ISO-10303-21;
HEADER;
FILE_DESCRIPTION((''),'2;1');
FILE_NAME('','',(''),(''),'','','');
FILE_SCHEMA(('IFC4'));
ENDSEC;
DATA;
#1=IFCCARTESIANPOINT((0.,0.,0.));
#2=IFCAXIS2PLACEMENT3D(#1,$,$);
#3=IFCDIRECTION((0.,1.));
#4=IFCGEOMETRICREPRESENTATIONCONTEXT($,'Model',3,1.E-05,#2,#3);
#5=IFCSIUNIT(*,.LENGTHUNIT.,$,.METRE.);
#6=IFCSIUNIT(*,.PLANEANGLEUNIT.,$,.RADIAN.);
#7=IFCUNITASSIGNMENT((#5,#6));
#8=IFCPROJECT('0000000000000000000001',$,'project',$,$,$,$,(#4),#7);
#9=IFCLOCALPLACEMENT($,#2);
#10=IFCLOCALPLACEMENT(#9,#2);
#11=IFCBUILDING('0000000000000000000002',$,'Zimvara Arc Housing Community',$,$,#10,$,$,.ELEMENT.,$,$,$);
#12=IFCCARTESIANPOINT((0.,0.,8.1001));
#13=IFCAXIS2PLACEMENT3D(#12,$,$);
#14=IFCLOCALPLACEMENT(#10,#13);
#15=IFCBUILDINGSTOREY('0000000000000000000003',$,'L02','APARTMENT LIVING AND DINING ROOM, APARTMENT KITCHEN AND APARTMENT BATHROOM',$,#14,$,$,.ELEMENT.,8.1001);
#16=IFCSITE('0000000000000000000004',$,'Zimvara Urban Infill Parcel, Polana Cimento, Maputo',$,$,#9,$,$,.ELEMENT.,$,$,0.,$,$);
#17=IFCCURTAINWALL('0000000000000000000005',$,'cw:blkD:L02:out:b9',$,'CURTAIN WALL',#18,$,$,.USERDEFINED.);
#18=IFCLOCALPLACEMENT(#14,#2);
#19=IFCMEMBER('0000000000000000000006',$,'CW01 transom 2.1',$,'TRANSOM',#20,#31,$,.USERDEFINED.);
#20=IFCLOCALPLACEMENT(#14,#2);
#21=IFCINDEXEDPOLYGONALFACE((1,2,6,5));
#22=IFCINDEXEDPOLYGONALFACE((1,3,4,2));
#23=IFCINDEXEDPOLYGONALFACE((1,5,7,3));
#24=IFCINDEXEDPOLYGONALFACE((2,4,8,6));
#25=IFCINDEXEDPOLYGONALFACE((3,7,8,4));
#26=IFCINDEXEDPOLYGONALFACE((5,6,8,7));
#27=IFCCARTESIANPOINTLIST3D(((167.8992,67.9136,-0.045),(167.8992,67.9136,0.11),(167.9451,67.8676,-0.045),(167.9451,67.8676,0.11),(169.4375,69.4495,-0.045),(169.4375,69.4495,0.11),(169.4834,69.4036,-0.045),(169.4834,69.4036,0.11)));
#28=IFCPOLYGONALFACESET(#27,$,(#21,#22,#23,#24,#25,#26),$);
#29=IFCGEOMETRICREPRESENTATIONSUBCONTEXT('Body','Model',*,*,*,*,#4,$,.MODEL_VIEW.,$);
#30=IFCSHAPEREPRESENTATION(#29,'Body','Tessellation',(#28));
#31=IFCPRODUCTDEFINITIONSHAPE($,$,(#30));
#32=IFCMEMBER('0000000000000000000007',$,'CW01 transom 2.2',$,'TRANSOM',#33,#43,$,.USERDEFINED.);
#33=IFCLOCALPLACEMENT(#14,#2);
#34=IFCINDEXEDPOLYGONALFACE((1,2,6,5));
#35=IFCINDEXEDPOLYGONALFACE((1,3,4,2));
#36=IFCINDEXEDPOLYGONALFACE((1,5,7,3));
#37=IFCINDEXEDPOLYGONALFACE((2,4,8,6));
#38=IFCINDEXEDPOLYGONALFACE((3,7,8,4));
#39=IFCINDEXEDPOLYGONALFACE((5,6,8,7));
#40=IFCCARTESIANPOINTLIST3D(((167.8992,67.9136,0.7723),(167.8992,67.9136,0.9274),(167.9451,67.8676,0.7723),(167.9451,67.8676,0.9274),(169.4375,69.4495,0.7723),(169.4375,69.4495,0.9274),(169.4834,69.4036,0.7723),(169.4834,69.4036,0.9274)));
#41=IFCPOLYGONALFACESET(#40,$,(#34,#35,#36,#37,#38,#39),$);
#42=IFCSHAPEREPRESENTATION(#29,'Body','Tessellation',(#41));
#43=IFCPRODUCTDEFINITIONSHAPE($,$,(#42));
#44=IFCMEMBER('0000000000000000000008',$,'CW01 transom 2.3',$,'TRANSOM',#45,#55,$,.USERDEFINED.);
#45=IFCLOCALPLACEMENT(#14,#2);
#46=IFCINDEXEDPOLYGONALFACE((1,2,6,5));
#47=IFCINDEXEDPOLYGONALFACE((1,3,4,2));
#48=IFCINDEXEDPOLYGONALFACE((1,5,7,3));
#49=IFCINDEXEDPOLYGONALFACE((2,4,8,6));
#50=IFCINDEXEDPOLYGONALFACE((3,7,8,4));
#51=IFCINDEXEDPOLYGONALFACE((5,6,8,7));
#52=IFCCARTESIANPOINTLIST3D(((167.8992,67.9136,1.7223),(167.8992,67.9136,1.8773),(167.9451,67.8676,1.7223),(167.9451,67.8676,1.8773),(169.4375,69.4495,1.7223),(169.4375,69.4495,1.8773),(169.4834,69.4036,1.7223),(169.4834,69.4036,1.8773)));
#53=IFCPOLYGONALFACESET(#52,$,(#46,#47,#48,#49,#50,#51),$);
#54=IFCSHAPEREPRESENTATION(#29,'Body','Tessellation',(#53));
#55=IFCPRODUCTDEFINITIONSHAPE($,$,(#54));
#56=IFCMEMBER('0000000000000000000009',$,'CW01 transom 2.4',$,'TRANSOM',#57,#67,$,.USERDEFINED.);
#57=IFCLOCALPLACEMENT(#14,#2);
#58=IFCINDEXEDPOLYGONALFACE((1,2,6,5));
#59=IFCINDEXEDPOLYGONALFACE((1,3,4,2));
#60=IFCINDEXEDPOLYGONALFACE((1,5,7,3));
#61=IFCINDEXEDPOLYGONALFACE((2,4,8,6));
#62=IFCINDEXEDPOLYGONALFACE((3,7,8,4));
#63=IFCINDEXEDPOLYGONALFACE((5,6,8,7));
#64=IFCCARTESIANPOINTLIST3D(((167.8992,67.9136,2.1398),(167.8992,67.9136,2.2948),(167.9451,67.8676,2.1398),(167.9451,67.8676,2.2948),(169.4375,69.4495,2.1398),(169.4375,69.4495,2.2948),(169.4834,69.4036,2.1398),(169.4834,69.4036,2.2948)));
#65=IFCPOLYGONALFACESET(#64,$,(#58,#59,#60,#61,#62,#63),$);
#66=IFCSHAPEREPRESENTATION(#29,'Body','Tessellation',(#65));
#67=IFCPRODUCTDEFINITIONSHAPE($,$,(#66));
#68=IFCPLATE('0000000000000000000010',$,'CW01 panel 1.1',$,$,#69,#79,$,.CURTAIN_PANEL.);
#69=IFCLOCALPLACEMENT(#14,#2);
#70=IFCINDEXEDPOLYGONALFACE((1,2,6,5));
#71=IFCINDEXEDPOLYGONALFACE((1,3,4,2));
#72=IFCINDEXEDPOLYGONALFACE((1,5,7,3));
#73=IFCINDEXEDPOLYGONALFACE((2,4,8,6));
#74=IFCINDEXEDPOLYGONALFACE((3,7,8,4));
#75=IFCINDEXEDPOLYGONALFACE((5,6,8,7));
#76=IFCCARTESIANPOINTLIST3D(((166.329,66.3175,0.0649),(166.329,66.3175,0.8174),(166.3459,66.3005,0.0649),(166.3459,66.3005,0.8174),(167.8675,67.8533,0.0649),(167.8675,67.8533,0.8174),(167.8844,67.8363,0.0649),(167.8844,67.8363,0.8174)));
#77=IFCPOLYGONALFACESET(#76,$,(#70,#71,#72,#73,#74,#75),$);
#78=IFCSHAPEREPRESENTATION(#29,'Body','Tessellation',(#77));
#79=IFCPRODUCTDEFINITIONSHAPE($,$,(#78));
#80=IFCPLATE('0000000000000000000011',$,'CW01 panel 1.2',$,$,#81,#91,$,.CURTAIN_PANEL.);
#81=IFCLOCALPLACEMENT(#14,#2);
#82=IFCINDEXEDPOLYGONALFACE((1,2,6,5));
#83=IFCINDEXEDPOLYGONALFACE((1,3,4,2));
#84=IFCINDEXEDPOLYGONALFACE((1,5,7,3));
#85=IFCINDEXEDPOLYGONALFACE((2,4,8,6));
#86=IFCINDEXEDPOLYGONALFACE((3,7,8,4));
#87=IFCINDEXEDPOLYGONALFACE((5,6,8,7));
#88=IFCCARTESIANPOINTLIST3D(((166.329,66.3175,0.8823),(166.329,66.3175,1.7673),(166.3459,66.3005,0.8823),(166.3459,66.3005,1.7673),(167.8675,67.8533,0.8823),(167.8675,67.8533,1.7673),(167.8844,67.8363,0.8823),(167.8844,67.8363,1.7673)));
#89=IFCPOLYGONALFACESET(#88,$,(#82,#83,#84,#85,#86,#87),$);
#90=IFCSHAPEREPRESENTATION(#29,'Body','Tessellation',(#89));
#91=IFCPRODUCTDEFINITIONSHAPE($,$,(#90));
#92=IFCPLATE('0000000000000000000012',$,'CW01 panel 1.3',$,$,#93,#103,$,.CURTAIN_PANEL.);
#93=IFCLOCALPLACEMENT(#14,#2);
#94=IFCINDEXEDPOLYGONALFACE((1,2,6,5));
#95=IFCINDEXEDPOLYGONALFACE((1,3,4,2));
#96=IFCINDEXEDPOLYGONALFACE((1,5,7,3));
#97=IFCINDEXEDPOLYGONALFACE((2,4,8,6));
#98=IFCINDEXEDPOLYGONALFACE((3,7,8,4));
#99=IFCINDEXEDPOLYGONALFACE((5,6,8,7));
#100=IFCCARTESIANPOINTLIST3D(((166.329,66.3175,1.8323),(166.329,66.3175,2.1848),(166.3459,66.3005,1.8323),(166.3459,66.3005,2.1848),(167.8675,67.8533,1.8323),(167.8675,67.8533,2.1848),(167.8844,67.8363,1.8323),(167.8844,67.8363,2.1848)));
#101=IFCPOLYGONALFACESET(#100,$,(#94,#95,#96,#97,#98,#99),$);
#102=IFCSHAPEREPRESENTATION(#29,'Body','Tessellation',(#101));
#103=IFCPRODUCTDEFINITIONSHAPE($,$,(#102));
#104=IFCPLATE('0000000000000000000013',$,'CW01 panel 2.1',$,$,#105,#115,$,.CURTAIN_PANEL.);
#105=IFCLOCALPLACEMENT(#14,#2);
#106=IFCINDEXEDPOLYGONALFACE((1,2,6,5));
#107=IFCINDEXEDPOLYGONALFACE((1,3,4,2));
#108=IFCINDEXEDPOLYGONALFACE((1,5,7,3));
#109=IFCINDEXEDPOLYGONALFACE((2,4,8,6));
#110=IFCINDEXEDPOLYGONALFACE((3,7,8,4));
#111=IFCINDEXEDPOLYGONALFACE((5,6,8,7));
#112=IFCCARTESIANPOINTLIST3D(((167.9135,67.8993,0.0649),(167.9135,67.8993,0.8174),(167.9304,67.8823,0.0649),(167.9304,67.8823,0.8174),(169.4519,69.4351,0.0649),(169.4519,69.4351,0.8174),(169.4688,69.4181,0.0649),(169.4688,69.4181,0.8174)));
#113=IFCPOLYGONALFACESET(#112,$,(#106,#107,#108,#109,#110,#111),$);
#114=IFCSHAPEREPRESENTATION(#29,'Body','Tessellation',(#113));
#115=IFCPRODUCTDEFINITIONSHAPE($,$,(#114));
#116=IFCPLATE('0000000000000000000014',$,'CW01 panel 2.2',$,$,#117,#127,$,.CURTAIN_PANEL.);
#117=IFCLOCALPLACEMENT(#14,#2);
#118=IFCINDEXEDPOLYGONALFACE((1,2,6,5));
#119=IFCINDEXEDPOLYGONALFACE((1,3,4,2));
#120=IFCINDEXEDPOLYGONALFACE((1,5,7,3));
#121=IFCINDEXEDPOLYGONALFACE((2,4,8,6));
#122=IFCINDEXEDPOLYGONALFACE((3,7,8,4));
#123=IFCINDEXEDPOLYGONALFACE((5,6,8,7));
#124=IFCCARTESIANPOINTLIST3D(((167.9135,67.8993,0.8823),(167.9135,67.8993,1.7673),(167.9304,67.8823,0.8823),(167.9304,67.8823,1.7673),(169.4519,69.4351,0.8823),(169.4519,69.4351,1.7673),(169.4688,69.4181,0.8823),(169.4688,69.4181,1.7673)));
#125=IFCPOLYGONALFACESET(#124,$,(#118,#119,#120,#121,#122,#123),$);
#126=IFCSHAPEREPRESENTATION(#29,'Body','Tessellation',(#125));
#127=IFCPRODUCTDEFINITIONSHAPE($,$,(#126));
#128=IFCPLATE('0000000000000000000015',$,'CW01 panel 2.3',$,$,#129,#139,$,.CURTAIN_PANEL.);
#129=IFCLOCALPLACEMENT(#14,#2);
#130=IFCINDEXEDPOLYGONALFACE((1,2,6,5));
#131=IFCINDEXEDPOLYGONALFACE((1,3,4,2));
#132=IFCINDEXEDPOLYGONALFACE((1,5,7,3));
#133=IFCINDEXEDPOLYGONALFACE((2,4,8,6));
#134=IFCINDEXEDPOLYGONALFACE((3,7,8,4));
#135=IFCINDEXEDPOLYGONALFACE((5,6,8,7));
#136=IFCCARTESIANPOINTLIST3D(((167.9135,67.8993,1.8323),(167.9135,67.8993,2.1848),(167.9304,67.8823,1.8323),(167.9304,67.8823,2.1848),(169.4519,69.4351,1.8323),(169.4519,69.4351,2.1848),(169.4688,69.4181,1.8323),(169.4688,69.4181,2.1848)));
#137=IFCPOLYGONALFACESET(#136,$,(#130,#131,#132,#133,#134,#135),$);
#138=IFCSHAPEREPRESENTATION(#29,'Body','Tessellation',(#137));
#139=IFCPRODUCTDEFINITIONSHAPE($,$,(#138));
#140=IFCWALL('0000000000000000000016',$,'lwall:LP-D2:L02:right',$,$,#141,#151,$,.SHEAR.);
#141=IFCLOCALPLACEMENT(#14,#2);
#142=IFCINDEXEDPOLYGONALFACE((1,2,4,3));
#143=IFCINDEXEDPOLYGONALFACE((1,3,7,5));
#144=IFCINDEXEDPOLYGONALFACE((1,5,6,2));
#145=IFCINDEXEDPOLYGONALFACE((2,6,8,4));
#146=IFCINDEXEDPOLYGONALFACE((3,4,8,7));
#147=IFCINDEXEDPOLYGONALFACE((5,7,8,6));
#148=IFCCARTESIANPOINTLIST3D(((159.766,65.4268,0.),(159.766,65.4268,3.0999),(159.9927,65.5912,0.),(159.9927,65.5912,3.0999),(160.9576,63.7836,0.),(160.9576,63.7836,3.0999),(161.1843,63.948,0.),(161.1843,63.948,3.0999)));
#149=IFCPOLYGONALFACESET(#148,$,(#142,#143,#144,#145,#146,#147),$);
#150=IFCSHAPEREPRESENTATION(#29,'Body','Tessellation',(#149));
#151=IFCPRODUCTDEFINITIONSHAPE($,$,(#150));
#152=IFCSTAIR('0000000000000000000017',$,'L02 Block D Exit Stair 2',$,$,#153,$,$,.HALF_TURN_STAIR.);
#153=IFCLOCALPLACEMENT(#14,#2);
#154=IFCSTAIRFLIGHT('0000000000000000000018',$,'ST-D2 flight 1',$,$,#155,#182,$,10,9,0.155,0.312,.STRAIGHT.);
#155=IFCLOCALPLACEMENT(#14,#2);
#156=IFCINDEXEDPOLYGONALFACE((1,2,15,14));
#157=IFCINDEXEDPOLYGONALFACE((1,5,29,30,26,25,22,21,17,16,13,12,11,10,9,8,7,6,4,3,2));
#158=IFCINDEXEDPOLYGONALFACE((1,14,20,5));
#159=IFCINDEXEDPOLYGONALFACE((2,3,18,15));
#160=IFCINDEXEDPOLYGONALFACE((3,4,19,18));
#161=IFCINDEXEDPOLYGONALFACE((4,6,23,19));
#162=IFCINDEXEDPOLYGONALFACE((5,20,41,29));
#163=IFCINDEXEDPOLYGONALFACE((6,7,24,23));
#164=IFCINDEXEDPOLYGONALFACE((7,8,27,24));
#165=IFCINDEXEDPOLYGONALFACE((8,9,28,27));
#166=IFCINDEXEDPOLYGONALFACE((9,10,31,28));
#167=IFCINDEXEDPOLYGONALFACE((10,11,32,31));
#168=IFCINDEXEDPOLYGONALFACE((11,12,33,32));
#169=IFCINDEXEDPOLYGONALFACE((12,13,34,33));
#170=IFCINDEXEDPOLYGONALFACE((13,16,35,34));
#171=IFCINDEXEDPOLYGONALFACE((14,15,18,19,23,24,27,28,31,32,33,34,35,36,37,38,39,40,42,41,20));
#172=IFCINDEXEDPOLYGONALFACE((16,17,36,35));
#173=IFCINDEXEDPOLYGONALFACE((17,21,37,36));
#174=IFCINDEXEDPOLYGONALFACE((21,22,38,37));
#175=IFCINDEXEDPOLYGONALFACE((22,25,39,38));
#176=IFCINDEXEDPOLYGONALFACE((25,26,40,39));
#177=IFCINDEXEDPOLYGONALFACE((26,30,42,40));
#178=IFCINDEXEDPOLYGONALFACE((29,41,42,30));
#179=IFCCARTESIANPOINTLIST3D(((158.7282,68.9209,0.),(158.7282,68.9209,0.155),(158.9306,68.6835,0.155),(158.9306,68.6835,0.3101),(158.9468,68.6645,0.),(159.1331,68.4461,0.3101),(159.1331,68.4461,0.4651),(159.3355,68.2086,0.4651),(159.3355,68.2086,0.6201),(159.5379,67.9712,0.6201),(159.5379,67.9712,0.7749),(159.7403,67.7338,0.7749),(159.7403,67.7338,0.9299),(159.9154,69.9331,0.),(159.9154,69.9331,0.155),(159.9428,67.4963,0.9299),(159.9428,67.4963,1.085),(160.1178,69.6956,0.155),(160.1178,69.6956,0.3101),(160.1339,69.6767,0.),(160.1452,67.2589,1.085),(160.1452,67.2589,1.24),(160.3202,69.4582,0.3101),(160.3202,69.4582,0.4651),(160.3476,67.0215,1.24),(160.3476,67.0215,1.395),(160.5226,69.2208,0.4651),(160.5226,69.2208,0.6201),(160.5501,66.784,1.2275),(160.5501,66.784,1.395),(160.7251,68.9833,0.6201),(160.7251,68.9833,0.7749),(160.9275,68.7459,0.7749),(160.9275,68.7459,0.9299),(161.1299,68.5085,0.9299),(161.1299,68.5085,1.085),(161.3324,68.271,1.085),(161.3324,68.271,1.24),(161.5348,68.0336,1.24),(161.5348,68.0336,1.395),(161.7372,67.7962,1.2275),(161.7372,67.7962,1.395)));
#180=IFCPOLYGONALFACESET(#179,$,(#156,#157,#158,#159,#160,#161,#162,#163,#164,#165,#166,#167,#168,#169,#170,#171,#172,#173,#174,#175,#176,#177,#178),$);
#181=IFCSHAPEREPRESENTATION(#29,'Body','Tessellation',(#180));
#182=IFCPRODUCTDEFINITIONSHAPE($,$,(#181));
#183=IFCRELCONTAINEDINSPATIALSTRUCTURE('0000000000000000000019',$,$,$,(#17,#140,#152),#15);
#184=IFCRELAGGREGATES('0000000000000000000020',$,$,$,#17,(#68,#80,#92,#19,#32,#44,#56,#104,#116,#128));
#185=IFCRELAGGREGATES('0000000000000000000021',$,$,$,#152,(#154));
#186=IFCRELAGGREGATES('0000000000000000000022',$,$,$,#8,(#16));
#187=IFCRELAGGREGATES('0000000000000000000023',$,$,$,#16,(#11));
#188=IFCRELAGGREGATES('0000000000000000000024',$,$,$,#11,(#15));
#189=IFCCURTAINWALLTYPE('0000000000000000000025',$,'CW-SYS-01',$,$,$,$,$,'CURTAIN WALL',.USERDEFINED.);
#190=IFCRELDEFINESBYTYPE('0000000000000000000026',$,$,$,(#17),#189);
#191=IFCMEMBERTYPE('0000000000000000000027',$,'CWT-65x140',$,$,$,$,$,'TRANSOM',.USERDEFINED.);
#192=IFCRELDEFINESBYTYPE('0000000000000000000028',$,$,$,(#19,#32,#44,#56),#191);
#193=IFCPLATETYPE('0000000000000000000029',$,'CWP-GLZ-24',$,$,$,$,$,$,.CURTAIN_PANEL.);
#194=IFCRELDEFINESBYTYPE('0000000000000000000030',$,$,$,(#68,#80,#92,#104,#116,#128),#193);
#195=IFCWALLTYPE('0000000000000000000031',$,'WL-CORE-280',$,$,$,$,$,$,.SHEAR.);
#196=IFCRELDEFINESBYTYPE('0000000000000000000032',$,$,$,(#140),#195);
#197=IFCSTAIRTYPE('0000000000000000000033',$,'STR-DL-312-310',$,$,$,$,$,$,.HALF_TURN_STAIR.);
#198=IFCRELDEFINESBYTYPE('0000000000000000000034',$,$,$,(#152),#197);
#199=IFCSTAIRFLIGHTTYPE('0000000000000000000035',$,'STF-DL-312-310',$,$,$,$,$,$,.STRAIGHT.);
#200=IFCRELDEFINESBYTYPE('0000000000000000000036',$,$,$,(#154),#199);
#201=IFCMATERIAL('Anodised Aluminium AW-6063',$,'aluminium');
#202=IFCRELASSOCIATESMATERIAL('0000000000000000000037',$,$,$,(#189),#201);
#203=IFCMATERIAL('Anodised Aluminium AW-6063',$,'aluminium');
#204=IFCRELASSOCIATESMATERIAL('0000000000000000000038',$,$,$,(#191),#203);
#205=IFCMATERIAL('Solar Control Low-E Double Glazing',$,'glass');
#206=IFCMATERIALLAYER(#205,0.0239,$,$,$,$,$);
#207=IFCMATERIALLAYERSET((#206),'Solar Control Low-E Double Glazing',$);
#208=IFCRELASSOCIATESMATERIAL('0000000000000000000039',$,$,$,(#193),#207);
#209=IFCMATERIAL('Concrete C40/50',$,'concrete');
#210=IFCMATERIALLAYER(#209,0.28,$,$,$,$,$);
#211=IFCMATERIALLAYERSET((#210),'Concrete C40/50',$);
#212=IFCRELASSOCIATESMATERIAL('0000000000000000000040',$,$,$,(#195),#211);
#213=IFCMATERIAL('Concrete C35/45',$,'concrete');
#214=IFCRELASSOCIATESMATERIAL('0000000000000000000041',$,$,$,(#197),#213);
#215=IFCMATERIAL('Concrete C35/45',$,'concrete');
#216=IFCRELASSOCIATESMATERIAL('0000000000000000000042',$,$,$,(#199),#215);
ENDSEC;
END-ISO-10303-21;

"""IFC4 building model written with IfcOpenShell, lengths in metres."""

from ifc_helpers import new_model, si_unit, direction, frame, frame_2d, origin, origin_2d, place, context, subcontext, project, spatial, polyline, rectangle, outline, extrude, material, layer, layer_set, material_profile, profile_set, type_object, element, aggregate, save


model = new_model("IFC4")

# Units and contexts
model_context = context("Model", 3, precision=1e-05, world=origin(), true_north=direction((0.0, 1.0)))
body_context = subcontext(model_context, "Body", "Model", "MODEL_VIEW")
ifc_project = project(units=[si_unit("LENGTHUNIT", "METRE"), si_unit("PLANEANGLEUNIT", "RADIAN")], contexts=[model_context])

# Site, building, storey
site_placement = place(None, origin())
site = spatial("IfcSite", under=ifc_project, at=site_placement, Name="Zimvara Urban Infill Parcel, Polana Cimento, Maputo", CompositionType="ELEMENT", RefElevation=0.0)
building_placement = place(site_placement, origin())
building = spatial("IfcBuilding", under=site, at=building_placement, Name="Zimvara Arc Housing Community", CompositionType="ELEMENT")
storey_placement = place(building_placement, frame((0.0, 0.0, 8.1001)))
storey = spatial("IfcBuildingStorey", under=building, at=storey_placement, Name="L02", Description="APARTMENT LIVING AND DINING ROOM, APARTMENT KITCHEN AND APARTMENT BATHROOM", CompositionType="ELEMENT", Elevation=8.1001)

# Curtain wall, members, plates
ifc_material_1 = material(Name="Anodised Aluminium AW-6063", Category="aluminium")
curtain_wall_type = type_object("IfcCurtainWallType", Name="CW-SYS-01", ElementType="CURTAIN WALL", PredefinedType="USERDEFINED", material=ifc_material_1)
curtain_wall_placement = place(storey_placement, origin())
curtain_wall = element("IfcCurtainWall", 1, at=curtain_wall_placement, inside=storey, type_object=curtain_wall_type, Name="cw:blkD:L02:out:b9", ObjectType="CURTAIN WALL", PredefinedType="USERDEFINED")
ifc_material_2 = material(Name="Anodised Aluminium AW-6063", Category="aluminium")
ifc_material_profile_1 = material_profile(ifc_material_2, rectangle(XDim=0.0649, YDim=0.155, at=origin_2d()), Name="ALU 65x155")
ifc_profile_set_1 = profile_set([ifc_material_profile_1], Name="Anodised Aluminium AW-6063")
member_type_1 = type_object("IfcMemberType", Name="CWT-65x140", ElementType="TRANSOM", PredefinedType="USERDEFINED", material=ifc_profile_set_1)
member_1_placement = place(storey_placement, frame((167.9221, 67.8906, 0.0325), z_axis=(0.707668, 0.706545, 0.0), x_axis=(-0.706545, 0.707668, 0.0)))
member_1 = element("IfcMember", 2, at=member_1_placement, type_object=member_type_1, Name="CW01 transom 2.1", ObjectType="TRANSOM", PredefinedType="USERDEFINED", context=body_context, shape_type="SweptSolid", body=[
    extrude(rectangle(XDim=0.0649, YDim=0.155, at=origin_2d()), origin(), (0.0, 0.0, 1.0), 2.1738),
])
member_2_placement = place(storey_placement, frame((167.9221, 67.8906, 0.8499), z_axis=(0.707668, 0.706545, 0.0), x_axis=(-0.706545, 0.707668, 0.0)))
member_2 = element("IfcMember", 3, at=member_2_placement, type_object=member_type_1, Name="CW01 transom 2.2", ObjectType="TRANSOM", PredefinedType="USERDEFINED", context=body_context, shape_type="SweptSolid", body=[
    extrude(rectangle(XDim=0.0649, YDim=0.155, at=origin_2d()), origin(), (0.0, 0.0, 1.0), 2.1738),
])
member_3_placement = place(storey_placement, frame((167.9221, 67.8906, 1.7998), z_axis=(0.707668, 0.706545, 0.0), x_axis=(-0.706545, 0.707668, 0.0)))
member_3 = element("IfcMember", 4, at=member_3_placement, type_object=member_type_1, Name="CW01 transom 2.3", ObjectType="TRANSOM", PredefinedType="USERDEFINED", context=body_context, shape_type="SweptSolid", body=[
    extrude(rectangle(XDim=0.0649, YDim=0.155, at=origin_2d()), origin(), (0.0, 0.0, 1.0), 2.1738),
])
member_4_placement = place(storey_placement, frame((167.9221, 67.8906, 2.2173), z_axis=(0.707668, 0.706545, 0.0), x_axis=(-0.706545, 0.707668, 0.0)))
member_4 = element("IfcMember", 5, at=member_4_placement, type_object=member_type_1, Name="CW01 transom 2.4", ObjectType="TRANSOM", PredefinedType="USERDEFINED", context=body_context, shape_type="SweptSolid", body=[
    extrude(rectangle(XDim=0.0649, YDim=0.155, at=origin_2d()), origin(), (0.0, 0.0, 1.0), 2.1738),
])
ifc_material_3 = material(Name="Solar Control Low-E Double Glazing", Category="glass")
ifc_layer_1 = layer(ifc_material_3, 0.0239)
ifc_layer_set_1 = layer_set([ifc_layer_1], Name="Solar Control Low-E Double Glazing")
plate_type = type_object("IfcPlateType", Name="CWP-GLZ-24", PredefinedType="CURTAIN_PANEL", material=ifc_layer_set_1)
plate_1_placement = place(storey_placement, frame((167.1067, 67.0769, 0.0649), z_axis=(0.0, 0.0, 1.0), x_axis=(0.707724, 0.706489, 0.0)))
plate_1 = element("IfcPlate", 6, at=plate_1_placement, type_object=plate_type, Name="CW01 panel 1.1", PredefinedType="CURTAIN_PANEL", context=body_context, shape_type="SweptSolid", body=[
    extrude(rectangle(XDim=2.1738, YDim=0.0239, at=origin_2d()), origin(), (0.0, 0.0, 1.0), 0.7524),
])
plate_2_placement = place(storey_placement, frame((167.1067, 67.0769, 0.8823), z_axis=(0.0, 0.0, 1.0), x_axis=(0.707724, 0.706489, 0.0)))
plate_2 = element("IfcPlate", 7, at=plate_2_placement, type_object=plate_type, Name="CW01 panel 1.2", PredefinedType="CURTAIN_PANEL", context=body_context, shape_type="SweptSolid", body=[
    extrude(rectangle(XDim=2.1738, YDim=0.0239, at=origin_2d()), origin(), (0.0, 0.0, 1.0), 0.885),
])
plate_3_placement = place(storey_placement, frame((167.1067, 67.0769, 1.8323), z_axis=(0.0, 0.0, 1.0), x_axis=(0.707724, 0.706489, 0.0)))
plate_3 = element("IfcPlate", 8, at=plate_3_placement, type_object=plate_type, Name="CW01 panel 1.3", PredefinedType="CURTAIN_PANEL", context=body_context, shape_type="SweptSolid", body=[
    extrude(rectangle(XDim=2.1738, YDim=0.0239, at=origin_2d()), origin(), (0.0, 0.0, 1.0), 0.3525),
])
plate_4_placement = place(storey_placement, frame((168.6912, 68.6587, 0.0649), z_axis=(0.0, 0.0, 1.0), x_axis=(0.707724, 0.706489, 0.0)))
plate_4 = element("IfcPlate", 9, at=plate_4_placement, type_object=plate_type, Name="CW01 panel 2.1", PredefinedType="CURTAIN_PANEL", context=body_context, shape_type="SweptSolid", body=[
    extrude(rectangle(XDim=2.1738, YDim=0.0239, at=origin_2d()), origin(), (0.0, 0.0, 1.0), 0.7524),
])
plate_5_placement = place(storey_placement, frame((168.6912, 68.6587, 0.8823), z_axis=(0.0, 0.0, 1.0), x_axis=(0.707724, 0.706489, 0.0)))
plate_5 = element("IfcPlate", 10, at=plate_5_placement, type_object=plate_type, Name="CW01 panel 2.2", PredefinedType="CURTAIN_PANEL", context=body_context, shape_type="SweptSolid", body=[
    extrude(rectangle(XDim=2.1738, YDim=0.0239, at=origin_2d()), origin(), (0.0, 0.0, 1.0), 0.885),
])
plate_6_placement = place(storey_placement, frame((168.6912, 68.6587, 1.8323), z_axis=(0.0, 0.0, 1.0), x_axis=(0.707724, 0.706489, 0.0)))
plate_6 = element("IfcPlate", 11, at=plate_6_placement, type_object=plate_type, Name="CW01 panel 2.3", PredefinedType="CURTAIN_PANEL", context=body_context, shape_type="SweptSolid", body=[
    extrude(rectangle(XDim=2.1738, YDim=0.0239, at=origin_2d()), origin(), (0.0, 0.0, 1.0), 0.3525),
])
aggregate(curtain_wall, [plate_1, plate_2, plate_3, member_1, member_2, member_3, member_4, plate_4, plate_5, plate_6])

# Wall
ifc_material_4 = material(Name="Concrete C40/50", Category="concrete")
ifc_layer_2 = layer(ifc_material_4, 0.28)
ifc_layer_set_2 = layer_set([ifc_layer_2], Name="Concrete C40/50")
wall_type = type_object("IfcWallType", Name="WL-CORE-280", PredefinedType="SHEAR", material=ifc_layer_set_2)
wall_placement = place(storey_placement, frame((159.8794, 65.509, 0.0), z_axis=(0.0, 0.0, 1.0), x_axis=(0.587048, -0.809552, 0.0)))
element("IfcWall", 12, at=wall_placement, inside=storey, type_object=wall_type, Name="lwall:LP-D2:L02:right", PredefinedType="SHEAR", context=body_context, shape_type="SweptSolid", body=[
    extrude(rectangle(XDim=2.0298, YDim=0.28, at=frame_2d((1.0149, 0.0))), origin(), (0.0, 0.0, 1.0), 3.0999),
])

# Stair, stair flight
ifc_material_5 = material(Name="Concrete C35/45", Category="concrete")
stair_type = type_object("IfcStairType", Name="STR-DL-312-310", PredefinedType="HALF_TURN_STAIR", material=ifc_material_5)
stair_placement = place(storey_placement, origin())
stair = element("IfcStair", 13, at=stair_placement, inside=storey, type_object=stair_type, Name="L02 Block D Exit Stair 2", PredefinedType="HALF_TURN_STAIR")
ifc_material_6 = material(Name="Concrete C35/45", Category="concrete")
stair_flight_type = type_object("IfcStairFlightType", Name="STF-DL-312-310", PredefinedType="STRAIGHT", material=ifc_material_6)
stair_flight_1_placement = place(storey_placement, frame((159.3218, 69.427, 0.0), z_axis=(0.0, 0.0, 1.0), x_axis=(0.648784, -0.760972, 0.0)))
stair_flight_1 = element("IfcStairFlight", 14, at=stair_flight_1_placement, type_object=stair_flight_type, Name="ST-D2 flight 1", NumberOfRisers=10, NumberOfTreads=9, PredefinedType="STRAIGHT", RiserHeight=0.155, TreadLength=0.312, context=body_context, shape_type="SweptSolid", body=[
    extrude(outline(polyline([(0.0, 0.0), (0.0, 0.155), (0.312, 0.155), (0.312, 0.3101), (0.624, 0.3101), (0.624, 0.4651), (0.936, 0.4651), (0.936, 0.6201), (1.248, 0.6201), (1.248, 0.7749), (1.5601, 0.7749), (1.5601, 0.9299), (1.8721, 0.9299), (1.8721, 1.085), (2.1841, 1.085), (2.1841, 1.24), (2.4961, 1.24), (2.4961, 1.395), (2.8081, 1.395), (2.8081, 1.55), (2.8081, 1.2275), (0.3369, 0.0), (0.0, 0.0)])), frame((0.0, 0.78, 0.0), z_axis=(0.0, -1.0, 0.0), x_axis=(1.0, 0.0, 0.0)), (0.0, 0.0, 1.0), 1.5601),
])
aggregate(stair, [stair_flight_1])

save(model, "model.ifc")
